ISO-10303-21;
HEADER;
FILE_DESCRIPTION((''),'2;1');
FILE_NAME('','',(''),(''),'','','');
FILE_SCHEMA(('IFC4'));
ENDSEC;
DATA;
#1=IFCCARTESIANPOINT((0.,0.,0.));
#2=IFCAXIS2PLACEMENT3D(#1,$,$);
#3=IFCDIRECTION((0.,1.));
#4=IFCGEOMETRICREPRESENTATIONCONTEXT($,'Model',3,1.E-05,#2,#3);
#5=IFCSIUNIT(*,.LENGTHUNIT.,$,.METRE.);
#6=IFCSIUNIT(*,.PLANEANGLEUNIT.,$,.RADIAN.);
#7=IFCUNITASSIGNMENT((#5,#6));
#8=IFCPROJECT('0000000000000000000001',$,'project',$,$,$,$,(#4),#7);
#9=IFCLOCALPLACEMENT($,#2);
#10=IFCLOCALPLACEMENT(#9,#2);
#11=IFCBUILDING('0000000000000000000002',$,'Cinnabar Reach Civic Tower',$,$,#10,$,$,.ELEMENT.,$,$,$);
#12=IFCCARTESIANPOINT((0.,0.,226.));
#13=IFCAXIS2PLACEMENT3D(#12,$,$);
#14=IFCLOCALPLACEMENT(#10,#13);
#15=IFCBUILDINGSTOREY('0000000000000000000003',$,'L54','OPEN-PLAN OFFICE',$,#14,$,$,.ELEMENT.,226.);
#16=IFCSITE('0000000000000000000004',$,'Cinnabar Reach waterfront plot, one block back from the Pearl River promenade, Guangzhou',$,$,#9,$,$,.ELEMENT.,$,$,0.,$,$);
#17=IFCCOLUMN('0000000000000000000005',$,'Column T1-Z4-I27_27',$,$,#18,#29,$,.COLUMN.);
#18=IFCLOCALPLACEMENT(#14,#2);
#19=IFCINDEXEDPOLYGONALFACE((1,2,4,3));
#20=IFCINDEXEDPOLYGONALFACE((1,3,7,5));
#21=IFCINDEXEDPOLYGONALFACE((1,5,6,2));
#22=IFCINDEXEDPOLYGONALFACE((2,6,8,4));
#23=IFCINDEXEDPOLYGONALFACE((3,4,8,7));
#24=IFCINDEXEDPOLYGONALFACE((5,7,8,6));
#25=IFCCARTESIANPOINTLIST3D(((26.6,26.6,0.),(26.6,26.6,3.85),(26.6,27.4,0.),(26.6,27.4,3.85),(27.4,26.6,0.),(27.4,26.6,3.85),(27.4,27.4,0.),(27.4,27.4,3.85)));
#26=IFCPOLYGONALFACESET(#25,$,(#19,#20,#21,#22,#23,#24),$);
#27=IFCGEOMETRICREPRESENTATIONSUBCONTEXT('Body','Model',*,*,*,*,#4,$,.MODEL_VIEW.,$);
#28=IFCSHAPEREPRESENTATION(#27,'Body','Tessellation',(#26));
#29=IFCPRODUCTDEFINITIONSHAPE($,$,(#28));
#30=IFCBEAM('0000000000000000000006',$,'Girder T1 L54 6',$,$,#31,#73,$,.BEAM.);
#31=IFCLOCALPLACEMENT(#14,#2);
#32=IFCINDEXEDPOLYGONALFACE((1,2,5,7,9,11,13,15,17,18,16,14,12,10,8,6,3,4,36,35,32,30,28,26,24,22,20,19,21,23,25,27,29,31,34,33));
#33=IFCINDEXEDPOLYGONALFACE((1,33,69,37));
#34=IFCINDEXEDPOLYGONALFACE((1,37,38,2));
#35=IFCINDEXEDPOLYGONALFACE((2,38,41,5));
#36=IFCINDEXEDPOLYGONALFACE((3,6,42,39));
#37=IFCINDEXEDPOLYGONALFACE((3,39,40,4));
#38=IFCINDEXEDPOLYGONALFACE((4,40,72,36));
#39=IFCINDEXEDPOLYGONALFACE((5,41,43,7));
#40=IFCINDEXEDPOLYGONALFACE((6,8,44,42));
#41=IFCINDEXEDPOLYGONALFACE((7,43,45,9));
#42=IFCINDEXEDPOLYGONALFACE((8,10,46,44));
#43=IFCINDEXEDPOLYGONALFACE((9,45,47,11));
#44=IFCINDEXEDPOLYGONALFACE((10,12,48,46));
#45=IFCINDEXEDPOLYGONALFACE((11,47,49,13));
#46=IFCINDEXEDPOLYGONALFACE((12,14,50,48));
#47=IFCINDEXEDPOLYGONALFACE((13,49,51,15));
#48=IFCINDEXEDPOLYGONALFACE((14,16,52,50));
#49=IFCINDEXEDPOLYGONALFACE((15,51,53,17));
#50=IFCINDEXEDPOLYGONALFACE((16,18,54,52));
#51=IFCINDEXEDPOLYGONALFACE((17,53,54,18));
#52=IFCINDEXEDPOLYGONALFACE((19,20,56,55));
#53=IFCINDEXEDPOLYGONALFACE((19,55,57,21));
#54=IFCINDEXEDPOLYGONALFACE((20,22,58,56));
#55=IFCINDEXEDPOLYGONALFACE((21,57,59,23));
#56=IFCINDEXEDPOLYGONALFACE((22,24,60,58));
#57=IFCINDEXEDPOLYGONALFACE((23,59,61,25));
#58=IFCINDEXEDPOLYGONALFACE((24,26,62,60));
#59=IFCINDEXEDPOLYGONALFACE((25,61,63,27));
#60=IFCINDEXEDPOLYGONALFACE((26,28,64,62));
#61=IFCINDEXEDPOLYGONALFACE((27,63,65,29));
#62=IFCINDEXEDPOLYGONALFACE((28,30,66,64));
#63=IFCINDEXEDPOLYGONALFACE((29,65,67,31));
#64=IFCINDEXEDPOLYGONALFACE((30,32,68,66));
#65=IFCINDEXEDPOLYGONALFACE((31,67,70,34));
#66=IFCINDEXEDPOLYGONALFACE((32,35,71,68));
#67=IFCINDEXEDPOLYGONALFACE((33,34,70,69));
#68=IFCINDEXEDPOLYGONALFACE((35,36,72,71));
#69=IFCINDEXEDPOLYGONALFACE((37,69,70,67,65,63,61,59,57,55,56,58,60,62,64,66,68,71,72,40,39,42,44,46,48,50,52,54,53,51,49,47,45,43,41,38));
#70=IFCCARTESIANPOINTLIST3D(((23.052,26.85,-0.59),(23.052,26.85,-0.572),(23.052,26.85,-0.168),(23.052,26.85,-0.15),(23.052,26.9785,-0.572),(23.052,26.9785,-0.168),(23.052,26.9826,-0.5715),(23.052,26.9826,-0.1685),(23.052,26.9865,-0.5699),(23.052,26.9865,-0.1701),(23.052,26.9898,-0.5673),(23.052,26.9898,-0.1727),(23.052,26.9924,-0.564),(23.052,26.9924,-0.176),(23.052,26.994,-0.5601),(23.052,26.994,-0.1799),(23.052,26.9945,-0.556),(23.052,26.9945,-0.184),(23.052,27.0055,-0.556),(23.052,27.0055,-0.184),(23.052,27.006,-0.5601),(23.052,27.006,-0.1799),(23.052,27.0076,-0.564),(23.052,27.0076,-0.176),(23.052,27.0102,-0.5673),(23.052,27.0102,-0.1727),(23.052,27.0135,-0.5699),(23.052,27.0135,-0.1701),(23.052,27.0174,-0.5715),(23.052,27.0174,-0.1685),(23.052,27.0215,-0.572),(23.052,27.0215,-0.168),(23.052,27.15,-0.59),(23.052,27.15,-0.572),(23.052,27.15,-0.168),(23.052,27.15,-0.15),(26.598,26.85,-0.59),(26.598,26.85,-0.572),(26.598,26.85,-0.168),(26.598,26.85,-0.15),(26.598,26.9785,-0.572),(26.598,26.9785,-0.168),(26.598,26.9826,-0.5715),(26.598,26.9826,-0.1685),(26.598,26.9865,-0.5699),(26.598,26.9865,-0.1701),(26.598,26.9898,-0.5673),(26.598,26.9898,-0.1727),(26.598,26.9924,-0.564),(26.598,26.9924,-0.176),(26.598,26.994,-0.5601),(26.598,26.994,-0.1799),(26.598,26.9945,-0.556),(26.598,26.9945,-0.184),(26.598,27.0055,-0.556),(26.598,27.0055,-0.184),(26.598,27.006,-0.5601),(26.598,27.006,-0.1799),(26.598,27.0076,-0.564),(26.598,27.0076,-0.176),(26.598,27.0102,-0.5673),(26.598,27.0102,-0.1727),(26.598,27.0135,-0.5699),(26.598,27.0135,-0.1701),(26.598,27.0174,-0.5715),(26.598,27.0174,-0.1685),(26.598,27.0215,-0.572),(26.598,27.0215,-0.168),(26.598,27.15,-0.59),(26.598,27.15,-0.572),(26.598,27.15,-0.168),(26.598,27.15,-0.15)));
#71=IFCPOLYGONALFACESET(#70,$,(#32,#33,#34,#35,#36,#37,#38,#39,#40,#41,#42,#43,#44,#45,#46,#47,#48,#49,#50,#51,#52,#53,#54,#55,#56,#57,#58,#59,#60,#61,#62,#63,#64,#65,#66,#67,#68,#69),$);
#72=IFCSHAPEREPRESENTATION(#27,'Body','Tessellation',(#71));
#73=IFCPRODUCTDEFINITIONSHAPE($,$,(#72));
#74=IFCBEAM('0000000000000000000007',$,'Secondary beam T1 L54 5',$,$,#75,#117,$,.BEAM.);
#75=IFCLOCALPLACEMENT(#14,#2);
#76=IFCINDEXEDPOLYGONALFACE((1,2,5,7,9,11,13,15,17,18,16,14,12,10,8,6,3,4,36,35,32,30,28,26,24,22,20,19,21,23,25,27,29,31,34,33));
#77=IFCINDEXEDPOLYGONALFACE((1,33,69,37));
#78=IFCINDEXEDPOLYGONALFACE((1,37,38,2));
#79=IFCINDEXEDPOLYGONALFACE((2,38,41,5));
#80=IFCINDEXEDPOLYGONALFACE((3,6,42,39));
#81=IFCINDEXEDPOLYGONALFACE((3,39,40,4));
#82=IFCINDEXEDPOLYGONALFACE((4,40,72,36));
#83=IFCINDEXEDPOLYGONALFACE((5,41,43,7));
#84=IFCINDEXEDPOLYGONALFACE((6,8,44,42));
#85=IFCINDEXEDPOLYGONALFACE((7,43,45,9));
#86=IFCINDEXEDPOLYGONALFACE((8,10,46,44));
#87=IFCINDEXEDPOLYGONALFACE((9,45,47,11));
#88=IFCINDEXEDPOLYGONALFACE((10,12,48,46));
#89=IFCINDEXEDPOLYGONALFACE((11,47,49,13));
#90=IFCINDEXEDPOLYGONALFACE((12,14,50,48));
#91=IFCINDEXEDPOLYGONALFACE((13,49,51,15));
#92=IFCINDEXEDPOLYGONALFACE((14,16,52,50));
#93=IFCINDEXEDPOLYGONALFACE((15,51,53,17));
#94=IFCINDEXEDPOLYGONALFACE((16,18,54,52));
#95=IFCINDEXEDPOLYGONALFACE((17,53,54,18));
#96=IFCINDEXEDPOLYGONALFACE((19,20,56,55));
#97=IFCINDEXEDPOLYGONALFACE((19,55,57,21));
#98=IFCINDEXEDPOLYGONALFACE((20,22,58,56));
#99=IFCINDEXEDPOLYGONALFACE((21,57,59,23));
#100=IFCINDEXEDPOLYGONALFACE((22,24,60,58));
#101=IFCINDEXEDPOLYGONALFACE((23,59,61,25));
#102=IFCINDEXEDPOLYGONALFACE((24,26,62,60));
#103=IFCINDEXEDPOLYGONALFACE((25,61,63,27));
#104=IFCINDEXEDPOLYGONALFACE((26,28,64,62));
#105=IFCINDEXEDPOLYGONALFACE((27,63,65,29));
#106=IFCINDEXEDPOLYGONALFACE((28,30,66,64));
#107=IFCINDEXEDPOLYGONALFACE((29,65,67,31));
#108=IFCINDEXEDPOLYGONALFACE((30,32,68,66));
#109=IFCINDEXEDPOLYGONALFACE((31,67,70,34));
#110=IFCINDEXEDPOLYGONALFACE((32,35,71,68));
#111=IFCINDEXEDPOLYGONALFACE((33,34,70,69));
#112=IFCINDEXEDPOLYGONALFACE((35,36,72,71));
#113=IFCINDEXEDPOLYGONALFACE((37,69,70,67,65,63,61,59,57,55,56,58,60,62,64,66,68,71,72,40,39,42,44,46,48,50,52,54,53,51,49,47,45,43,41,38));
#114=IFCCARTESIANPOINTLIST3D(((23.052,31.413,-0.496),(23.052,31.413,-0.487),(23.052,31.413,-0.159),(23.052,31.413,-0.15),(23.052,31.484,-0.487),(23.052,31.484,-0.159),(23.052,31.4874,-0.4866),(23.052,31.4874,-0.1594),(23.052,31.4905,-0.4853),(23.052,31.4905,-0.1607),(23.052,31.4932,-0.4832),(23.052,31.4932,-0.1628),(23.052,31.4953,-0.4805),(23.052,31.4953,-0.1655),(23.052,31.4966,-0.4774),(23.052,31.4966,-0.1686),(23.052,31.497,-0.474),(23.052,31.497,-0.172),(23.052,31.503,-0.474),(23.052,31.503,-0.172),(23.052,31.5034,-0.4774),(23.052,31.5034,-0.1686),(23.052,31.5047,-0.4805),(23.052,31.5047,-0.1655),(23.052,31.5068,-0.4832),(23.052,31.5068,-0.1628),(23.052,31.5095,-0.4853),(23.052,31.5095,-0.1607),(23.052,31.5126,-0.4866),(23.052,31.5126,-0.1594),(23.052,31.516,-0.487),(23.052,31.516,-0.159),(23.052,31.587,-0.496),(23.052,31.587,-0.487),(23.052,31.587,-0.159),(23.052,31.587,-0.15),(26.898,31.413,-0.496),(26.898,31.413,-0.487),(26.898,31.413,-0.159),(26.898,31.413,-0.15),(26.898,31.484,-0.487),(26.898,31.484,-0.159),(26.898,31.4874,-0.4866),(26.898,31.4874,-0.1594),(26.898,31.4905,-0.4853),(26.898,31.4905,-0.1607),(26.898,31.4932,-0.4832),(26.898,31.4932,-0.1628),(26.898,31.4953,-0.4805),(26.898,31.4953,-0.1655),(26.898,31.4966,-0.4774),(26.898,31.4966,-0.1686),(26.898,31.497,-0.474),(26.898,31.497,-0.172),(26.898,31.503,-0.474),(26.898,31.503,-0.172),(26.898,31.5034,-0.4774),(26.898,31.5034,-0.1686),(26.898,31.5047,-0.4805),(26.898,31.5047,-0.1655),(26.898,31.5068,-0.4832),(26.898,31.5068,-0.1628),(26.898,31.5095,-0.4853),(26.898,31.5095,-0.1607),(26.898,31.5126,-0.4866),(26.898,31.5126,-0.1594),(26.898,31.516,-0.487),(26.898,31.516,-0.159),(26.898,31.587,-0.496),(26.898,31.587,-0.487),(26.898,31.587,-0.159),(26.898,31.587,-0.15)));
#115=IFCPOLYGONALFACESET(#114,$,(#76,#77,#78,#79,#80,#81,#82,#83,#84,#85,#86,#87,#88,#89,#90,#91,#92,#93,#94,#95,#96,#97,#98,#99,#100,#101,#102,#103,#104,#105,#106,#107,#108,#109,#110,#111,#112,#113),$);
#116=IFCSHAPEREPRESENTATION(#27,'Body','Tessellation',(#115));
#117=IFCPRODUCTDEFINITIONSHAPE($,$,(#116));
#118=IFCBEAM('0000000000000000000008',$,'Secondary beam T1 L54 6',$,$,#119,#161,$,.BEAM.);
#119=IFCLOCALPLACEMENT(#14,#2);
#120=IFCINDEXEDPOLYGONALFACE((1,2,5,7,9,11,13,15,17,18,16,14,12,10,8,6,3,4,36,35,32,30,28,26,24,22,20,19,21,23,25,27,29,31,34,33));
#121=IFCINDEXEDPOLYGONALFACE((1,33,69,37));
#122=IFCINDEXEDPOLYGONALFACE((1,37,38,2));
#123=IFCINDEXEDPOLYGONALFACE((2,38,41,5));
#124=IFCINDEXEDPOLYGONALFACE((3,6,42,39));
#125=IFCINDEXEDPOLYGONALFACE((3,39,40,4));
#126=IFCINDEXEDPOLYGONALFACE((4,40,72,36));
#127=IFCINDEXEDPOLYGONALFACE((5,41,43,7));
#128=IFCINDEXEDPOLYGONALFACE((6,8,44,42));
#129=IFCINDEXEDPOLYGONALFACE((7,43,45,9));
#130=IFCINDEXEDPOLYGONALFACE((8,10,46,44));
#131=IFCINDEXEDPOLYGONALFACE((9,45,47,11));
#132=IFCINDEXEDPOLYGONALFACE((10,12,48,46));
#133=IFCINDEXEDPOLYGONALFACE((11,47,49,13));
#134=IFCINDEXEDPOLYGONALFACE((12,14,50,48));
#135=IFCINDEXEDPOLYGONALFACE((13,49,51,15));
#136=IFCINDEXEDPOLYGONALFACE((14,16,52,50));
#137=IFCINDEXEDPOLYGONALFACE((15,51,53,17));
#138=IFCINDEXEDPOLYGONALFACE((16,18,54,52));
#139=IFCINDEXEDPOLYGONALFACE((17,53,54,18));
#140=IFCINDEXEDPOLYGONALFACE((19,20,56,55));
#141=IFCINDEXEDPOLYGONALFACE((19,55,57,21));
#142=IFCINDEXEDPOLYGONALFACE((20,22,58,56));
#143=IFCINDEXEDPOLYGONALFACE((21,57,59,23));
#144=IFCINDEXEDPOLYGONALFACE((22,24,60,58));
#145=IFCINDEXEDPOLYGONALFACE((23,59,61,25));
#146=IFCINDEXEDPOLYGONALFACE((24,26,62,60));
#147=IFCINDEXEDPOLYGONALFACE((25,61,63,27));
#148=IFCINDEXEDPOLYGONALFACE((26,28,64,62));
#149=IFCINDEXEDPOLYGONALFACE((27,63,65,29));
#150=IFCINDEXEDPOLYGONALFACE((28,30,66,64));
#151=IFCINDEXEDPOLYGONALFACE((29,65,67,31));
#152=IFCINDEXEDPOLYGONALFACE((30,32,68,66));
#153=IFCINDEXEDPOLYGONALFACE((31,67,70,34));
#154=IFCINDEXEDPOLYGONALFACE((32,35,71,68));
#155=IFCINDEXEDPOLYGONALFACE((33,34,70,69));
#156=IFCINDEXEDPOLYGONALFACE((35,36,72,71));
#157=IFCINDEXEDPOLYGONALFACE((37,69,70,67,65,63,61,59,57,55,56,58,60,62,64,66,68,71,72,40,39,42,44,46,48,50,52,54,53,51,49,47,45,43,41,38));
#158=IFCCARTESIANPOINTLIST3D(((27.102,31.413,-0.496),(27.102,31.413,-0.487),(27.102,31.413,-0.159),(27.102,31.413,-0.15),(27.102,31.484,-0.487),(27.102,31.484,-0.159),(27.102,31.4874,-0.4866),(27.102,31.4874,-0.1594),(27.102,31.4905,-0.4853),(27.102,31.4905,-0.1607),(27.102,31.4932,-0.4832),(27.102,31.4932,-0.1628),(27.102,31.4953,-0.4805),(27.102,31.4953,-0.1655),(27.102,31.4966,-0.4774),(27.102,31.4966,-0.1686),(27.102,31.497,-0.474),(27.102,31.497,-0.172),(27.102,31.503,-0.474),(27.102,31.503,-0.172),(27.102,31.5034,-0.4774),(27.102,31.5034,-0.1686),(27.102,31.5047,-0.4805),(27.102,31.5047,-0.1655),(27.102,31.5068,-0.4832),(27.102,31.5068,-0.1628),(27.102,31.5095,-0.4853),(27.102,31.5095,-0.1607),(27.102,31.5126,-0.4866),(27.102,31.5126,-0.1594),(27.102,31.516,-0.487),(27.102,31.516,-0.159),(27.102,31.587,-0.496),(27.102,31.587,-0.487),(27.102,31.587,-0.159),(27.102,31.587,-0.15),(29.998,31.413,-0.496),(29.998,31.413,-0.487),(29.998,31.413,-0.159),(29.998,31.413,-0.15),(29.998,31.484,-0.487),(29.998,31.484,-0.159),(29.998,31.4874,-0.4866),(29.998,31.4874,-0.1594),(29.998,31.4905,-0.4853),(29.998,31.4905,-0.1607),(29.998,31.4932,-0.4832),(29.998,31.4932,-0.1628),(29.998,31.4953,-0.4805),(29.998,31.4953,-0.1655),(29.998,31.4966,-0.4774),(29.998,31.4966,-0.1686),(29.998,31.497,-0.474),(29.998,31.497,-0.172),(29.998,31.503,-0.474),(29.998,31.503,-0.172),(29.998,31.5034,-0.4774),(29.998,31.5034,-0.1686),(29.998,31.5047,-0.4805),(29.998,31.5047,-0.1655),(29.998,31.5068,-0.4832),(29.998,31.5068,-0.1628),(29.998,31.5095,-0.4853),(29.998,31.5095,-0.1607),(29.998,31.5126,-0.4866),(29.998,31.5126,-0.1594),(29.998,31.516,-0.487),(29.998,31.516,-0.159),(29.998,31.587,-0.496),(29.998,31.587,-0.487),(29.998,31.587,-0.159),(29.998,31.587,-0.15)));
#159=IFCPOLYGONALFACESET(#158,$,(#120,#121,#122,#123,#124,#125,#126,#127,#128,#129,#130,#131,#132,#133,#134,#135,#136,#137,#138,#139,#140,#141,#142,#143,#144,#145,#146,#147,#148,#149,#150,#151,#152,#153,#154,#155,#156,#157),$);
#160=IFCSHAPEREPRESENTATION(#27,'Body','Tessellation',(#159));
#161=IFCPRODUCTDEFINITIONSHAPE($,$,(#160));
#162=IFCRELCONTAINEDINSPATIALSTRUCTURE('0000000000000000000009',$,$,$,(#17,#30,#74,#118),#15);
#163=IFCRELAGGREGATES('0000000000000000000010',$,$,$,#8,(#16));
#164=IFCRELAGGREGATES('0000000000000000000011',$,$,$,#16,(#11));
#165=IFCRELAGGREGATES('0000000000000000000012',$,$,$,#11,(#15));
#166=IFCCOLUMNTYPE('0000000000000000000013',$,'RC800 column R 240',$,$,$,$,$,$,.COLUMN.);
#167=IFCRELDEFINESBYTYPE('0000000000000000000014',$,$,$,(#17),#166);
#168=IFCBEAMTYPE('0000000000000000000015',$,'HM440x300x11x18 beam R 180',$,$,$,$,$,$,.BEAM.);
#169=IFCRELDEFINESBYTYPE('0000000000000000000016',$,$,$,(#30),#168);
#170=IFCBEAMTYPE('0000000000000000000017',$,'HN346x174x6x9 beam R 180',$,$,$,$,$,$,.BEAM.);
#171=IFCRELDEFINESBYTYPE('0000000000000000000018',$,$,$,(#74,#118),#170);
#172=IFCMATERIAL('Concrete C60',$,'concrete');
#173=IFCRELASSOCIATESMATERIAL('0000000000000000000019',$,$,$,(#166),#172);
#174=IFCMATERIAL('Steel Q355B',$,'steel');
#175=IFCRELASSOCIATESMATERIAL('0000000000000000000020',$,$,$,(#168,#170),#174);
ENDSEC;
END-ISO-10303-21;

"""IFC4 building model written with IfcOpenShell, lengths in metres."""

from ifc_helpers import new_model, si_unit, direction, frame, origin, origin_2d, place, context, subcontext, project, spatial, rectangle, i_section, extrude, material, material_profile, profile_set, type_object, element, save


model = new_model("IFC4")

# Units and contexts
model_context = context("Model", 3, precision=1e-05, world=origin(), true_north=direction((0.0, 1.0)))
body_context = subcontext(model_context, "Body", "Model", "MODEL_VIEW")
ifc_project = project(units=[si_unit("LENGTHUNIT", "METRE"), si_unit("PLANEANGLEUNIT", "RADIAN")], contexts=[model_context])

# Site, building, storey
site_placement = place(None, origin())
site = spatial("IfcSite", under=ifc_project, at=site_placement, Name="Cinnabar Reach waterfront plot, one block back from the Pearl River promenade, Guangzhou", CompositionType="ELEMENT", RefElevation=0.0)
building_placement = place(site_placement, origin())
building = spatial("IfcBuilding", under=site, at=building_placement, Name="Cinnabar Reach Civic Tower", CompositionType="ELEMENT")
storey_placement = place(building_placement, frame((0.0, 0.0, 226.0)))
storey = spatial("IfcBuildingStorey", under=building, at=storey_placement, Name="L54", Description="OPEN-PLAN OFFICE", CompositionType="ELEMENT", Elevation=226.0)

# Column
ifc_material_1 = material(Name="Concrete C60", Category="concrete")
ifc_material_profile_1 = material_profile(ifc_material_1, rectangle(XDim=0.8, YDim=0.8, at=origin_2d()), Name="RC800")
ifc_profile_set_1 = profile_set([ifc_material_profile_1], Name="Concrete C60")
column_type = type_object("IfcColumnType", Name="RC800 column R 240", PredefinedType="COLUMN", material=ifc_profile_set_1)
column_placement = place(storey_placement, frame((27.0, 27.0, 0.0), z_axis=(0.0, 0.0, 1.0), x_axis=(1.0, 0.0, 0.0)))
element("IfcColumn", 1, at=column_placement, inside=storey, type_object=column_type, Name="Column T1-Z4-I27_27", PredefinedType="COLUMN", context=body_context, shape_type="SweptSolid", body=[
    extrude(rectangle(XDim=0.8, YDim=0.8, at=origin_2d()), origin(), (0.0, 0.0, 1.0), 3.85),
])

# Beams
ifc_material_2 = material(Name="Steel Q355B", Category="steel")
ifc_material_profile_2 = material_profile(ifc_material_2, i_section(OverallWidth=0.3, OverallDepth=0.44, WebThickness=0.011, FlangeThickness=0.018, FilletRadius=0.016, at=origin_2d()), Name="HM440x300x11x18")
ifc_profile_set_2 = profile_set([ifc_material_profile_2], Name="Steel Q355B")
beam_type_1 = type_object("IfcBeamType", Name="HM440x300x11x18 beam R 180", PredefinedType="BEAM", material=ifc_profile_set_2)
beam_1_placement = place(storey_placement, frame((23.052, 27.0, -0.37), z_axis=(1.0, 0.0, 0.0), x_axis=(0.0, 1.0, 0.0)))
element("IfcBeam", 2, at=beam_1_placement, inside=storey, type_object=beam_type_1, Name="Girder T1 L54 6", PredefinedType="BEAM", context=body_context, shape_type="SweptSolid", body=[
    extrude(i_section(OverallWidth=0.3, OverallDepth=0.44, WebThickness=0.011, FlangeThickness=0.018, FilletRadius=0.016, at=origin_2d()), origin(), (0.0, 0.0, 1.0), 3.546),
])
ifc_material_profile_3 = material_profile(ifc_material_2, i_section(OverallWidth=0.174, OverallDepth=0.346, WebThickness=0.006, FlangeThickness=0.009, FilletRadius=0.013, at=origin_2d()), Name="HN346x174x6x9")
ifc_profile_set_3 = profile_set([ifc_material_profile_3], Name="Steel Q355B")
beam_type_2 = type_object("IfcBeamType", Name="HN346x174x6x9 beam R 180", PredefinedType="BEAM", material=ifc_profile_set_3)
beam_2_placement = place(storey_placement, frame((23.052, 31.5, -0.323), z_axis=(1.0, 0.0, 0.0), x_axis=(0.0, 1.0, 0.0)))
element("IfcBeam", 3, at=beam_2_placement, inside=storey, type_object=beam_type_2, Name="Secondary beam T1 L54 5", PredefinedType="BEAM", context=body_context, shape_type="SweptSolid", body=[
    extrude(i_section(OverallWidth=0.174, OverallDepth=0.346, WebThickness=0.006, FlangeThickness=0.009, FilletRadius=0.013, at=origin_2d()), origin(), (0.0, 0.0, 1.0), 3.846),
])
beam_3_placement = place(storey_placement, frame((27.102, 31.5, -0.323), z_axis=(1.0, 0.0, 0.0), x_axis=(0.0, 1.0, 0.0)))
element("IfcBeam", 4, at=beam_3_placement, inside=storey, type_object=beam_type_2, Name="Secondary beam T1 L54 6", PredefinedType="BEAM", context=body_context, shape_type="SweptSolid", body=[
    extrude(i_section(OverallWidth=0.174, OverallDepth=0.346, WebThickness=0.006, FlangeThickness=0.009, FilletRadius=0.013, at=origin_2d()), origin(), (0.0, 0.0, 1.0), 2.896),
])

save(model, "model.ifc")
